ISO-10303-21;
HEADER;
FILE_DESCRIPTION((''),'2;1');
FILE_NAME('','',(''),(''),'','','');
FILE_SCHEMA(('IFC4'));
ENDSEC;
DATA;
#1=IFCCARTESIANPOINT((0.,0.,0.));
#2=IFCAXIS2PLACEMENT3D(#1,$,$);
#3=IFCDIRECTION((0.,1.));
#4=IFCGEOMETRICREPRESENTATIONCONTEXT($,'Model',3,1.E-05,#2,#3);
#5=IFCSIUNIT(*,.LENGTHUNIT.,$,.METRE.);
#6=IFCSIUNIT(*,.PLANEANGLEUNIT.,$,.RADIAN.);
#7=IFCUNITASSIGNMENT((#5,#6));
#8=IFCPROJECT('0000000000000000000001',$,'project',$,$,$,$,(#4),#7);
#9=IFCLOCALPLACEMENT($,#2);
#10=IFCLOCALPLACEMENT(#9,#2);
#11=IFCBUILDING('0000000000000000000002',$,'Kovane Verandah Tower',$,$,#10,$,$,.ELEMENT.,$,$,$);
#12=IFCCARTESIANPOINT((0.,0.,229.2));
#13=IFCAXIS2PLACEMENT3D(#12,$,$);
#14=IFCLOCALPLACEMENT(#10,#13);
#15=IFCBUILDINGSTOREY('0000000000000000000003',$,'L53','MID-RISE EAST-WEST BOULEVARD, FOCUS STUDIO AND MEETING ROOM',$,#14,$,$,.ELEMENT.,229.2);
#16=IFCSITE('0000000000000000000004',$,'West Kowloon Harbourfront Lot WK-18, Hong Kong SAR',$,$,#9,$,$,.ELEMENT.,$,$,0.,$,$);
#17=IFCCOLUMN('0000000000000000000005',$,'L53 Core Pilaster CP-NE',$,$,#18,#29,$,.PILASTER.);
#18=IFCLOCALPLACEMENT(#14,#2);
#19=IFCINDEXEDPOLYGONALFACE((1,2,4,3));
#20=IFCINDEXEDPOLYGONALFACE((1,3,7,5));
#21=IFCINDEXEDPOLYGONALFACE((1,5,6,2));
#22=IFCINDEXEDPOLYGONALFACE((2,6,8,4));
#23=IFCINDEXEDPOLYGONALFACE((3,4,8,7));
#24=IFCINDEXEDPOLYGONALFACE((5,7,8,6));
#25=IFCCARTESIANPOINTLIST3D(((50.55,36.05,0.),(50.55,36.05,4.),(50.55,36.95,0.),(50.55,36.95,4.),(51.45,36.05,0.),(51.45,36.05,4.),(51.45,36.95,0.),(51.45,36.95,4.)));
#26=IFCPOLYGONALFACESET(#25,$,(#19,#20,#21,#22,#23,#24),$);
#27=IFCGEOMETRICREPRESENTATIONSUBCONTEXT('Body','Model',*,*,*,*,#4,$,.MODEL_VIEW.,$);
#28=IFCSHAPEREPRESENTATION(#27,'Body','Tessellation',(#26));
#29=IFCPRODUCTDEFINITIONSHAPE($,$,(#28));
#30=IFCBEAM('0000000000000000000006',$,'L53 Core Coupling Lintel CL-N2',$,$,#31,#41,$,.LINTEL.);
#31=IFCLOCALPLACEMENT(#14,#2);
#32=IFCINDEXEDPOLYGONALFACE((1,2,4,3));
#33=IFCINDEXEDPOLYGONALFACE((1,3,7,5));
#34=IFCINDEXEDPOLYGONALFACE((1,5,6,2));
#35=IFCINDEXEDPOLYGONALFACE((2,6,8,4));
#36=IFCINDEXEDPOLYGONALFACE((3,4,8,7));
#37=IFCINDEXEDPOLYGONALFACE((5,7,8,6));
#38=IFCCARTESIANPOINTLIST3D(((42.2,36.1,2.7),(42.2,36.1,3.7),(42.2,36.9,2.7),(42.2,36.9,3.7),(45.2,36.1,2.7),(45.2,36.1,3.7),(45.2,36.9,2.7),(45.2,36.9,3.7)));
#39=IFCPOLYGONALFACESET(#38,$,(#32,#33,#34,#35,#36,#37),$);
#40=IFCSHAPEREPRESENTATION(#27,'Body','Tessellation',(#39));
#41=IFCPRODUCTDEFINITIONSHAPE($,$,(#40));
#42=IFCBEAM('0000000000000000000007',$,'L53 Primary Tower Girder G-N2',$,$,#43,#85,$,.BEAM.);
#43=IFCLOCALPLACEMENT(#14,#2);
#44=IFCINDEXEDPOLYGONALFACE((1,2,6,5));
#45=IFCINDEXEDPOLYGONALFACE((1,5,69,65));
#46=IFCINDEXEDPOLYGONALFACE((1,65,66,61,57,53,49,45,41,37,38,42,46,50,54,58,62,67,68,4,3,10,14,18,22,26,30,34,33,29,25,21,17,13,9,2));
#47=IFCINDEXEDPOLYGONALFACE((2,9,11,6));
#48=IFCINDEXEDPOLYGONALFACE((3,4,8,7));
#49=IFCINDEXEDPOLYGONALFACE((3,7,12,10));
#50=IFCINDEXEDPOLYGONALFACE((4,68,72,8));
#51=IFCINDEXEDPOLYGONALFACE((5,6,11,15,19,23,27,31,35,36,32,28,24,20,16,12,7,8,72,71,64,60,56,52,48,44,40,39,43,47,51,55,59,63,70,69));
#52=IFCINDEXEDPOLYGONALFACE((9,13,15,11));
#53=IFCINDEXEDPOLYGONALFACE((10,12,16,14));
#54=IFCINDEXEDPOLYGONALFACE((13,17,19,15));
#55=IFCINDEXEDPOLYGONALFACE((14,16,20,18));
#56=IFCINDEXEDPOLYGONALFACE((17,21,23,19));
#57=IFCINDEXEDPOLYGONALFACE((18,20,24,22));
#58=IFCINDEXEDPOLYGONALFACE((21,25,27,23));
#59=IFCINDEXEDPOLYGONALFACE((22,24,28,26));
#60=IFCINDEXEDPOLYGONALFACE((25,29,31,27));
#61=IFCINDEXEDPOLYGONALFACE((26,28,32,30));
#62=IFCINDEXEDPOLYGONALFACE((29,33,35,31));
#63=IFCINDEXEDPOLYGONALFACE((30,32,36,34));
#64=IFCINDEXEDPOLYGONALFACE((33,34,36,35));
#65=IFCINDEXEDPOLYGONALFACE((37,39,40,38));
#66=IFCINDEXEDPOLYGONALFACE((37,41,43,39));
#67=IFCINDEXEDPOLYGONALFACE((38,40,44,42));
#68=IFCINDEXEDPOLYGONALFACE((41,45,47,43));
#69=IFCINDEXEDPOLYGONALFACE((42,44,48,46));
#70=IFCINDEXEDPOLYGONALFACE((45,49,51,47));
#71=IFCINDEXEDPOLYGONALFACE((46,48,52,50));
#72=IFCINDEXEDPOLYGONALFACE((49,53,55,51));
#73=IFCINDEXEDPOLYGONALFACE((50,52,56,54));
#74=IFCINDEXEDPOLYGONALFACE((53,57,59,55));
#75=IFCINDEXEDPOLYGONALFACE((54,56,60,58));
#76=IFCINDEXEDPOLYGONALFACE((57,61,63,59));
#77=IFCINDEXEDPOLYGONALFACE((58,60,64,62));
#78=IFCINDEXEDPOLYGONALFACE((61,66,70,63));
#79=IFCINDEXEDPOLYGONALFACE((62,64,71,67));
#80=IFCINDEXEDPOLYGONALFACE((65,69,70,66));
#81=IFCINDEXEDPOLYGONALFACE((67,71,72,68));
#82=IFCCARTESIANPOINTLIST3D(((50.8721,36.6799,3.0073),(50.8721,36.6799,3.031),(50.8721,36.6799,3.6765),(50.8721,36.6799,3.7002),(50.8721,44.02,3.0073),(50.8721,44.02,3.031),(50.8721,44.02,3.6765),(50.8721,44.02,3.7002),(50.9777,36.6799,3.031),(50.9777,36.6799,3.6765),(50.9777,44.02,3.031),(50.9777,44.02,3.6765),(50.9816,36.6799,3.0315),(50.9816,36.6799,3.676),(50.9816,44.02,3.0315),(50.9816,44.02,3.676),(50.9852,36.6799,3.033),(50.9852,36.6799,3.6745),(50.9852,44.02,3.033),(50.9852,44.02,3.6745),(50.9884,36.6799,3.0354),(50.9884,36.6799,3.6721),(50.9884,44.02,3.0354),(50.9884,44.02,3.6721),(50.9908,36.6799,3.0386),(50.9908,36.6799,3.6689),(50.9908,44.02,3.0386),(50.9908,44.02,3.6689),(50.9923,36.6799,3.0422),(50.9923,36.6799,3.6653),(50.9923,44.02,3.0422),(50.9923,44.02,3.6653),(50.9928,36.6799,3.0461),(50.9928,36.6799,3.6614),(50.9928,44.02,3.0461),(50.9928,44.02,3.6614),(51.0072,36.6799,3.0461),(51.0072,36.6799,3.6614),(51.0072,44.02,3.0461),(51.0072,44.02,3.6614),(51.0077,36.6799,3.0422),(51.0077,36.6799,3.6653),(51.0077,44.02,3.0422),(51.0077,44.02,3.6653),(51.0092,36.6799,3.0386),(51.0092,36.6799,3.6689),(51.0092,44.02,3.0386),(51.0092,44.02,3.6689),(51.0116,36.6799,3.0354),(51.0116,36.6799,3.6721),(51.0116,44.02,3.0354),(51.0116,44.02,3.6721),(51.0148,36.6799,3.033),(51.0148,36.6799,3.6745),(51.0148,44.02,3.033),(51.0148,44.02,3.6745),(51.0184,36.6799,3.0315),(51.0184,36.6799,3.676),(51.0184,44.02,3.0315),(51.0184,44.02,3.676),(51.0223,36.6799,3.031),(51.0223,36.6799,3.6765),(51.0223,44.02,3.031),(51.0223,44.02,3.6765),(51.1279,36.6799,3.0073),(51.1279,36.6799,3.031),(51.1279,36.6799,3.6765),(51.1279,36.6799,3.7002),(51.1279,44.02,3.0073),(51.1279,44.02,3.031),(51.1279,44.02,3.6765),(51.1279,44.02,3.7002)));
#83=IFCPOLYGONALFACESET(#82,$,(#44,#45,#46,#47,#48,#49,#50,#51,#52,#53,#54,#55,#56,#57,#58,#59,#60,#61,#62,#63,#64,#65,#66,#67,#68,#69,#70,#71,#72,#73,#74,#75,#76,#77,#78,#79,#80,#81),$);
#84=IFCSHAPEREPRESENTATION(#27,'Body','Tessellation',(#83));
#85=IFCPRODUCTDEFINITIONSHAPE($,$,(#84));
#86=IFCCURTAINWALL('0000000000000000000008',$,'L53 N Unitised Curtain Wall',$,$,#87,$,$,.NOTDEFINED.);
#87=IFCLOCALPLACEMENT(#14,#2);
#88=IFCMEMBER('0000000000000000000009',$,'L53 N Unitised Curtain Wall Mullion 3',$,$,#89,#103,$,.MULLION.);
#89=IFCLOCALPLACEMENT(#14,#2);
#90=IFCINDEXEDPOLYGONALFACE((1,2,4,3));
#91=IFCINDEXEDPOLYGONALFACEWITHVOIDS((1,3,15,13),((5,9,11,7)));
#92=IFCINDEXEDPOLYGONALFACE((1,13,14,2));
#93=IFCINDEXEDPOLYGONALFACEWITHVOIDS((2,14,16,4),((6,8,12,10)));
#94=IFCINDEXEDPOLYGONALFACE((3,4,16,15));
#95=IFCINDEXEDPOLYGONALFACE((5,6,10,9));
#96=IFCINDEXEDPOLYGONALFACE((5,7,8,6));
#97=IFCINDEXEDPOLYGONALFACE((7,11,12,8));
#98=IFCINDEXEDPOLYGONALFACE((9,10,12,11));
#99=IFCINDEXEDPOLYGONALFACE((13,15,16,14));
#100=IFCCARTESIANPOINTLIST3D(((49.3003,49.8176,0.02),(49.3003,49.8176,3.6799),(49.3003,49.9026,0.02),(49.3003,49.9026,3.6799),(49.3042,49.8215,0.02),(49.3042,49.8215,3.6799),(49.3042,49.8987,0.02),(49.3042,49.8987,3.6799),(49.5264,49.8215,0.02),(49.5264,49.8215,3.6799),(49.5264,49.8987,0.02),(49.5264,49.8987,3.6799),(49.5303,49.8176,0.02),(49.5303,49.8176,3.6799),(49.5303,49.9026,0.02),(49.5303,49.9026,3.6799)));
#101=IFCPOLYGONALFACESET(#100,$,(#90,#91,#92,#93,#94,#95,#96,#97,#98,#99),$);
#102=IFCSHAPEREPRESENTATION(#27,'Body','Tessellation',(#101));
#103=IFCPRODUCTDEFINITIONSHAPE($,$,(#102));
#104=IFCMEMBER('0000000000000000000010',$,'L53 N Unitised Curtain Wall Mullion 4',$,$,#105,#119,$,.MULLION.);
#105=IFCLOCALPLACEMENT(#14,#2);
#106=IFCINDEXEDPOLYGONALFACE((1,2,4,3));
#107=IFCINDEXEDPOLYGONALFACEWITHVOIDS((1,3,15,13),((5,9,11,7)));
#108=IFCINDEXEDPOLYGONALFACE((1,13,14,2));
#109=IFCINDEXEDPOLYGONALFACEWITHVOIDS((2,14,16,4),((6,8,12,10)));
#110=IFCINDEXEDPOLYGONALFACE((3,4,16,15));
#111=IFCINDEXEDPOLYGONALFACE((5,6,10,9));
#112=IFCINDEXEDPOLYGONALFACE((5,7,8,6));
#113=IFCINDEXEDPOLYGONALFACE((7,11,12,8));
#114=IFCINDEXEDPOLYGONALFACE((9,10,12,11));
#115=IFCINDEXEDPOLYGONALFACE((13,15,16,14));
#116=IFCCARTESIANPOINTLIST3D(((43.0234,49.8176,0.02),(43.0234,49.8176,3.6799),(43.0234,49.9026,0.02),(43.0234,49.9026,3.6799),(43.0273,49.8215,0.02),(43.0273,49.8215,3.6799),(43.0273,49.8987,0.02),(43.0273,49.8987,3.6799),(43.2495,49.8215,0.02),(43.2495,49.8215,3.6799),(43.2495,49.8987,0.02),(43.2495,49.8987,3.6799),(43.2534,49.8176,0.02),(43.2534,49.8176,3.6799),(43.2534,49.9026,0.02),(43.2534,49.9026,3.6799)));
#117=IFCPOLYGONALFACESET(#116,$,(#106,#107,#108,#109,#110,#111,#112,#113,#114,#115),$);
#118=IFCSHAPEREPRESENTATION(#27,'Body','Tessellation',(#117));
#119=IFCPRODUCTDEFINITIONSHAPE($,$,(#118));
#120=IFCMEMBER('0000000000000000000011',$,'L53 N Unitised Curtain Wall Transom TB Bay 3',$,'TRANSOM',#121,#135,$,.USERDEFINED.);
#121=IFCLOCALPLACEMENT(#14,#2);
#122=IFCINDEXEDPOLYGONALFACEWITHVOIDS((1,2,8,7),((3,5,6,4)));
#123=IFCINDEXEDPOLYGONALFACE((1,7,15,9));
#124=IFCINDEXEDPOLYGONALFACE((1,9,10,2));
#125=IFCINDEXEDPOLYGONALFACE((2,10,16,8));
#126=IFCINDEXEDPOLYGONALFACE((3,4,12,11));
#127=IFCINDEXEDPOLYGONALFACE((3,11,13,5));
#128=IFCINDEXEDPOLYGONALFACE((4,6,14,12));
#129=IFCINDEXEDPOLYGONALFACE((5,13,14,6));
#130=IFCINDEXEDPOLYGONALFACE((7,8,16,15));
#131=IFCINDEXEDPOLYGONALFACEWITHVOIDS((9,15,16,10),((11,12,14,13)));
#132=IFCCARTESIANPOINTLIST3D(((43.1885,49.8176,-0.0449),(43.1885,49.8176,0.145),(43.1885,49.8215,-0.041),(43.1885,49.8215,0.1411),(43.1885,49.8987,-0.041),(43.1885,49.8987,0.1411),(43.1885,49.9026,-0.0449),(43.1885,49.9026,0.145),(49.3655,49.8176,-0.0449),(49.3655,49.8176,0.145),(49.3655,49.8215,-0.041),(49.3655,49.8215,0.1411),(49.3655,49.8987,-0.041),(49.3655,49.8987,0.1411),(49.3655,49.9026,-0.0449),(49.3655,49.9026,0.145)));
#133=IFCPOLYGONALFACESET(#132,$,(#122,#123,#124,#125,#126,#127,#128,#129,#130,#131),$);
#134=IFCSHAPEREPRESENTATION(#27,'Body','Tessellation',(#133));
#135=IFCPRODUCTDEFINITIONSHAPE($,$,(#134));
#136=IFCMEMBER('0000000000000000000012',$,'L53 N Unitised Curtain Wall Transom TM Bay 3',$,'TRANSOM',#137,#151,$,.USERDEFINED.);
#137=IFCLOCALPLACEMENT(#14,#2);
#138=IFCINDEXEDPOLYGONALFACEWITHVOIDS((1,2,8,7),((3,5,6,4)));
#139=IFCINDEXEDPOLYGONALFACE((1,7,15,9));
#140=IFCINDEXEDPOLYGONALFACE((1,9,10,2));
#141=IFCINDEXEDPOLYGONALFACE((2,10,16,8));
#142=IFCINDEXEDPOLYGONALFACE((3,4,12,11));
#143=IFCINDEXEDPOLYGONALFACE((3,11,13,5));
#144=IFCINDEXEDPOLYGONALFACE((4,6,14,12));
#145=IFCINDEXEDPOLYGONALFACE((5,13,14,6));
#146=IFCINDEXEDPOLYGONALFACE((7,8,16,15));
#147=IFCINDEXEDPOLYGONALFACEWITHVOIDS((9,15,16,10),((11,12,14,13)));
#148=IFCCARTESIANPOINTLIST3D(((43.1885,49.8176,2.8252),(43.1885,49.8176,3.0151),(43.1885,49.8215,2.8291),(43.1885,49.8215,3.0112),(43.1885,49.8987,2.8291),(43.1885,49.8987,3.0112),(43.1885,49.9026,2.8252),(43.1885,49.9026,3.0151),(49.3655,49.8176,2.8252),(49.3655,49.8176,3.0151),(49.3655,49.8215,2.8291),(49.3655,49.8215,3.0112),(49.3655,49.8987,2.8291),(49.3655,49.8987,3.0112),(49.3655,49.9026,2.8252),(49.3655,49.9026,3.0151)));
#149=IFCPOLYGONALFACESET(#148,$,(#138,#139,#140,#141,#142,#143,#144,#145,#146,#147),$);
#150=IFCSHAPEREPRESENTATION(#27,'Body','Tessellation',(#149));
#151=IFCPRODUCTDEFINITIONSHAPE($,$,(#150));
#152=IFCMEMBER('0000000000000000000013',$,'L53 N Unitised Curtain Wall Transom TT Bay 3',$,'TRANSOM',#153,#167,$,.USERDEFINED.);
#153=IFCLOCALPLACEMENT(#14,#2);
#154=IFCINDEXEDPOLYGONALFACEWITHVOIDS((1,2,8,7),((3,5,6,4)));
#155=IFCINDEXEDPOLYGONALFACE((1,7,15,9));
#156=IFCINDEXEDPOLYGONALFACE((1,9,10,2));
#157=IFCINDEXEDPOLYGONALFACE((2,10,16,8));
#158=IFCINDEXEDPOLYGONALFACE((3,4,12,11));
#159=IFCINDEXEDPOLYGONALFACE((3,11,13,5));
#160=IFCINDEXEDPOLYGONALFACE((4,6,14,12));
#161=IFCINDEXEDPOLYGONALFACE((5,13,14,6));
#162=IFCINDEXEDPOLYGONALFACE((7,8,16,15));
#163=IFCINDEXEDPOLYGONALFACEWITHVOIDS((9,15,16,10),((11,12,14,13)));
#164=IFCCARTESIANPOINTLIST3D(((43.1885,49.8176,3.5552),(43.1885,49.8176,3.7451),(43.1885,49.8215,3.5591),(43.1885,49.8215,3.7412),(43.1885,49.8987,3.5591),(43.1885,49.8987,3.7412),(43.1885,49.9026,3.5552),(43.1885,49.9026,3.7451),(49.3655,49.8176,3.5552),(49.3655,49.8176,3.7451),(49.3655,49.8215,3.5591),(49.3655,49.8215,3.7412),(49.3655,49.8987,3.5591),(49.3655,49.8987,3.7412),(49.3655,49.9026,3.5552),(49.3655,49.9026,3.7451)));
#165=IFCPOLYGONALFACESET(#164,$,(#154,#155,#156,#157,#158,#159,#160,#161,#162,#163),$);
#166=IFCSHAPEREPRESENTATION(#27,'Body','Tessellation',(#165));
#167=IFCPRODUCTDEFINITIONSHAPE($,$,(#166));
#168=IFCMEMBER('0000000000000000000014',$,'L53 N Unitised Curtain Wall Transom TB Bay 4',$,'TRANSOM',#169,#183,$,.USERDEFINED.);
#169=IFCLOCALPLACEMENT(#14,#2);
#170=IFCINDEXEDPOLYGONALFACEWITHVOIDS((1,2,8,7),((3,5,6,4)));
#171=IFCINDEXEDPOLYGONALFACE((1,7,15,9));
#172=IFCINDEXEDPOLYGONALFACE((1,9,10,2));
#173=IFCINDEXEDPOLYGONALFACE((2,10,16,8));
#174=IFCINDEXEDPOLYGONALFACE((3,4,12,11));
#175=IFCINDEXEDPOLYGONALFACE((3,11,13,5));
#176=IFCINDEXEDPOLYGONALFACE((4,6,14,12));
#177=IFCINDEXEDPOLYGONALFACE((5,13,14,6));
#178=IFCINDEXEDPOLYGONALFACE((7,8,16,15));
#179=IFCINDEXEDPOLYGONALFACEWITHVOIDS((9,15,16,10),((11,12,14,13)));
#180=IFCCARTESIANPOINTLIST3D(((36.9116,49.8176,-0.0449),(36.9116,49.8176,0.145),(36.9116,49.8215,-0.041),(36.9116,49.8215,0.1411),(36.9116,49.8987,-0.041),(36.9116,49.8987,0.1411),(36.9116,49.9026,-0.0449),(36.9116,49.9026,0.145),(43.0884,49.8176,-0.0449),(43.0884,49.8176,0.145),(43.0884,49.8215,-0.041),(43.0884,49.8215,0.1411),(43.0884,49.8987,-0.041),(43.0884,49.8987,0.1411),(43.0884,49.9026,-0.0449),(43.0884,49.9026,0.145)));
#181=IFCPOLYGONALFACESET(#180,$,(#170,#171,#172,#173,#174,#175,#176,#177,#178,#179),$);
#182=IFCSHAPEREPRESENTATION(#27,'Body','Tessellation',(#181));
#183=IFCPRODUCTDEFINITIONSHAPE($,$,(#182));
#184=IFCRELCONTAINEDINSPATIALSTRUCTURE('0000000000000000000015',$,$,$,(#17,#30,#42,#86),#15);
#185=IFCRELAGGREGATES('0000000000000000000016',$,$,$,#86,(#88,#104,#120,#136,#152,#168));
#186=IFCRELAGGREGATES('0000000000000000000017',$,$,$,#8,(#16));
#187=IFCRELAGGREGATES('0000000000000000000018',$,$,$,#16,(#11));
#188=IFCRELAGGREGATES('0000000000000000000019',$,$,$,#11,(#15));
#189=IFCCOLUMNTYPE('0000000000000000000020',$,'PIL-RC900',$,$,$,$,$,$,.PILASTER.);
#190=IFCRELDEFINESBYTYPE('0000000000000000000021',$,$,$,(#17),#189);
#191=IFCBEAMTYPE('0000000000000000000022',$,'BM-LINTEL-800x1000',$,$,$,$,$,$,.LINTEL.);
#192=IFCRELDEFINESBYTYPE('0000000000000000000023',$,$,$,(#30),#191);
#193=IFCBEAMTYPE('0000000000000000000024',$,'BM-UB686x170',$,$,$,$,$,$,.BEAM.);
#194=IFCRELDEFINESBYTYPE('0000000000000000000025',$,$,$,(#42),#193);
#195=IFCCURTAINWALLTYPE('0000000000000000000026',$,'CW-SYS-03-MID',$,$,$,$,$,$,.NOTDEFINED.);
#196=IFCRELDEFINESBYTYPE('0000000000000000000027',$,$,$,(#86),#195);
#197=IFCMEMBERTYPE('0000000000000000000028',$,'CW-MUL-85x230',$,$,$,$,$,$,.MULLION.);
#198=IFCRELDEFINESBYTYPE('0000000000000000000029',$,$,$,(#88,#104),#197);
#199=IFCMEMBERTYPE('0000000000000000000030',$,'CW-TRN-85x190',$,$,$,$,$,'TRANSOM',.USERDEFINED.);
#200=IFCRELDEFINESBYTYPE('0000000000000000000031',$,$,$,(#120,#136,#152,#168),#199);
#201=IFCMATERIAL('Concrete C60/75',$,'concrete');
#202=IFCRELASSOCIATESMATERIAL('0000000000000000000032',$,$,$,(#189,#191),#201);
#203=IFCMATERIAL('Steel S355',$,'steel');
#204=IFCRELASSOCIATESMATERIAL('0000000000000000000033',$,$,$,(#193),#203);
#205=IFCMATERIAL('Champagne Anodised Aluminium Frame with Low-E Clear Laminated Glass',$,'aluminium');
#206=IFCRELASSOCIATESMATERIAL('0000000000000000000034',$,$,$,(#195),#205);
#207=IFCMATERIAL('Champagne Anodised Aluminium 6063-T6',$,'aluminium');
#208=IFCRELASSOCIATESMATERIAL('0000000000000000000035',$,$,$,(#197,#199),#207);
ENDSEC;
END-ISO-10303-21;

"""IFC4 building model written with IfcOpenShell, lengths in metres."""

from ifc_helpers import new_model, si_unit, direction, frame, origin, origin_2d, place, context, subcontext, project, spatial, rectangle, hollow_rectangle, i_section, extrude, material, material_profile, profile_set, type_object, element, aggregate, save


model = new_model("IFC4")

# Units and contexts
model_context = context("Model", 3, precision=1e-05, world=origin(), true_north=direction((0.0, 1.0)))
body_context = subcontext(model_context, "Body", "Model", "MODEL_VIEW")
ifc_project = project(units=[si_unit("LENGTHUNIT", "METRE"), si_unit("PLANEANGLEUNIT", "RADIAN")], contexts=[model_context])

# Site, building, storey
site_placement = place(None, origin())
site = spatial("IfcSite", under=ifc_project, at=site_placement, Name="West Kowloon Harbourfront Lot WK-18, Hong Kong SAR", CompositionType="ELEMENT", RefElevation=0.0)
building_placement = place(site_placement, origin())
building = spatial("IfcBuilding", under=site, at=building_placement, Name="Kovane Verandah Tower", CompositionType="ELEMENT")
storey_placement = place(building_placement, frame((0.0, 0.0, 229.2)))
storey = spatial("IfcBuildingStorey", under=building, at=storey_placement, Name="L53", Description="MID-RISE EAST-WEST BOULEVARD, FOCUS STUDIO AND MEETING ROOM", CompositionType="ELEMENT", Elevation=229.2)

# Column
ifc_material_1 = material(Name="Concrete C60/75", Category="concrete")
ifc_material_profile_1 = material_profile(ifc_material_1, rectangle(XDim=0.8999, YDim=0.8999, at=origin_2d()), Name="RC900x900")
ifc_profile_set_1 = profile_set([ifc_material_profile_1], Name="Concrete C60/75")
column_type = type_object("IfcColumnType", Name="PIL-RC900", PredefinedType="PILASTER", material=ifc_profile_set_1)
column_placement = place(storey_placement, frame((51.0, 36.5, 0.0), z_axis=(0.0, 0.0, 1.0), x_axis=(1.0, 0.0, 0.0)))
element("IfcColumn", 1, at=column_placement, inside=storey, type_object=column_type, Name="L53 Core Pilaster CP-NE", PredefinedType="PILASTER", context=body_context, shape_type="SweptSolid", body=[
    extrude(rectangle(XDim=0.8999, YDim=0.8999, at=origin_2d()), origin(), (0.0, 0.0, 1.0), 4.0),
])

# Beams
ifc_material_profile_2 = material_profile(ifc_material_1, rectangle(XDim=0.8, YDim=1.0, at=origin_2d()), Name="RCB800x1000")
ifc_profile_set_2 = profile_set([ifc_material_profile_2], Name="Concrete C60/75")
beam_type_1 = type_object("IfcBeamType", Name="BM-LINTEL-800x1000", PredefinedType="LINTEL", material=ifc_profile_set_2)
beam_1_placement = place(storey_placement, frame((42.2, 36.5, 3.2), z_axis=(1.0, 0.0, 0.0), x_axis=(0.0, 1.0, 0.0)))
element("IfcBeam", 2, at=beam_1_placement, inside=storey, type_object=beam_type_1, Name="L53 Core Coupling Lintel CL-N2", PredefinedType="LINTEL", context=body_context, shape_type="SweptSolid", body=[
    extrude(rectangle(XDim=0.8, YDim=1.0, at=origin_2d()), origin(), (0.0, 0.0, 1.0), 3.0),
])
ifc_material_2 = material(Name="Steel S355", Category="steel")
ifc_material_profile_3 = material_profile(ifc_material_2, i_section(OverallWidth=0.2559, OverallDepth=0.6929, WebThickness=0.0144, FlangeThickness=0.0237, FilletRadius=0.0151, at=origin_2d()), Name="UB686x254x170")
ifc_profile_set_3 = profile_set([ifc_material_profile_3], Name="Steel S355")
beam_type_2 = type_object("IfcBeamType", Name="BM-UB686x170", PredefinedType="BEAM", material=ifc_profile_set_3)
beam_2_placement = place(storey_placement, frame((51.0, 36.6799, 3.3538), z_axis=(0.0, 1.0, 0.0), x_axis=(-1.0, 0.0, 0.0)))
element("IfcBeam", 3, at=beam_2_placement, inside=storey, type_object=beam_type_2, Name="L53 Primary Tower Girder G-N2", PredefinedType="BEAM", context=body_context, shape_type="SweptSolid", body=[
    extrude(i_section(OverallWidth=0.2559, OverallDepth=0.6929, WebThickness=0.0144, FlangeThickness=0.0237, FilletRadius=0.0151, at=origin_2d()), origin(), (0.0, 0.0, 1.0), 7.3401),
])

# Curtain wall, members
ifc_material_3 = material(Name="Champagne Anodised Aluminium Frame with Low-E Clear Laminated Glass", Category="aluminium")
curtain_wall_type = type_object("IfcCurtainWallType", Name="CW-SYS-03-MID", PredefinedType="NOTDEFINED", material=ifc_material_3)
curtain_wall_placement = place(storey_placement, origin())
curtain_wall = element("IfcCurtainWall", 4, at=curtain_wall_placement, inside=storey, type_object=curtain_wall_type, Name="L53 N Unitised Curtain Wall", PredefinedType="NOTDEFINED")
ifc_material_4 = material(Name="Champagne Anodised Aluminium 6063-T6", Category="aluminium")
ifc_material_profile_4 = material_profile(ifc_material_4, hollow_rectangle(XDim=0.085, YDim=0.23, WallThickness=0.0039, at=origin_2d()), Name="AL85x230x4")
ifc_profile_set_4 = profile_set([ifc_material_profile_4], Name="Champagne Anodised Aluminium 6063-T6")
member_type_1 = type_object("IfcMemberType", Name="CW-MUL-85x230", PredefinedType="MULLION", material=ifc_profile_set_4)
member_1_placement = place(storey_placement, frame((49.4153, 49.8601, 0.02), z_axis=(0.0, 0.0, 1.0), x_axis=(0.0, 1.0, 0.0)))
member_1 = element("IfcMember", 5, at=member_1_placement, type_object=member_type_1, Name="L53 N Unitised Curtain Wall Mullion 3", PredefinedType="MULLION", context=body_context, shape_type="SweptSolid", body=[
    extrude(hollow_rectangle(XDim=0.085, YDim=0.23, WallThickness=0.0039, at=origin_2d()), origin(), (0.0, 0.0, 1.0), 3.6599),
])
member_2_placement = place(storey_placement, frame((43.1384, 49.8601, 0.02), z_axis=(0.0, 0.0, 1.0), x_axis=(0.0, 1.0, 0.0)))
member_2 = element("IfcMember", 6, at=member_2_placement, type_object=member_type_1, Name="L53 N Unitised Curtain Wall Mullion 4", PredefinedType="MULLION", context=body_context, shape_type="SweptSolid", body=[
    extrude(hollow_rectangle(XDim=0.085, YDim=0.23, WallThickness=0.0039, at=origin_2d()), origin(), (0.0, 0.0, 1.0), 3.6599),
])
ifc_material_profile_5 = material_profile(ifc_material_4, hollow_rectangle(XDim=0.085, YDim=0.1899, WallThickness=0.0039, at=origin_2d()), Name="AL85x190x4")
ifc_profile_set_5 = profile_set([ifc_material_profile_5], Name="Champagne Anodised Aluminium 6063-T6")
member_type_2 = type_object("IfcMemberType", Name="CW-TRN-85x190", ElementType="TRANSOM", PredefinedType="USERDEFINED", material=ifc_profile_set_5)
member_3_placement = place(storey_placement, frame((49.3655, 49.8601, 0.05), z_axis=(-1.0, 0.0, 0.0), x_axis=(0.0, -1.0, 0.0)))
member_3 = element("IfcMember", 7, at=member_3_placement, type_object=member_type_2, Name="L53 N Unitised Curtain Wall Transom TB Bay 3", ObjectType="TRANSOM", PredefinedType="USERDEFINED", context=body_context, shape_type="SweptSolid", body=[
    extrude(hollow_rectangle(XDim=0.085, YDim=0.1899, WallThickness=0.0039, at=origin_2d()), origin(), (0.0, 0.0, 1.0), 6.177),
])
member_4_placement = place(storey_placement, frame((49.3655, 49.8601, 2.9202), z_axis=(-1.0, 0.0, 0.0), x_axis=(0.0, -1.0, 0.0)))
member_4 = element("IfcMember", 8, at=member_4_placement, type_object=member_type_2, Name="L53 N Unitised Curtain Wall Transom TM Bay 3", ObjectType="TRANSOM", PredefinedType="USERDEFINED", context=body_context, shape_type="SweptSolid", body=[
    extrude(hollow_rectangle(XDim=0.085, YDim=0.1899, WallThickness=0.0039, at=origin_2d()), origin(), (0.0, 0.0, 1.0), 6.177),
])
member_5_placement = place(storey_placement, frame((49.3655, 49.8601, 3.6501), z_axis=(-1.0, 0.0, 0.0), x_axis=(0.0, -1.0, 0.0)))
member_5 = element("IfcMember", 9, at=member_5_placement, type_object=member_type_2, Name="L53 N Unitised Curtain Wall Transom TT Bay 3", ObjectType="TRANSOM", PredefinedType="USERDEFINED", context=body_context, shape_type="SweptSolid", body=[
    extrude(hollow_rectangle(XDim=0.085, YDim=0.1899, WallThickness=0.0039, at=origin_2d()), origin(), (0.0, 0.0, 1.0), 6.177),
])
member_6_placement = place(storey_placement, frame((43.0884, 49.8601, 0.05), z_axis=(-1.0, 0.0, 0.0), x_axis=(0.0, -1.0, 0.0)))
member_6 = element("IfcMember", 10, at=member_6_placement, type_object=member_type_2, Name="L53 N Unitised Curtain Wall Transom TB Bay 4", ObjectType="TRANSOM", PredefinedType="USERDEFINED", context=body_context, shape_type="SweptSolid", body=[
    extrude(hollow_rectangle(XDim=0.085, YDim=0.1899, WallThickness=0.0039, at=origin_2d()), origin(), (0.0, 0.0, 1.0), 6.1768),
])
aggregate(curtain_wall, [member_1, member_2, member_3, member_4, member_5, member_6])

save(model, "model.ifc")
